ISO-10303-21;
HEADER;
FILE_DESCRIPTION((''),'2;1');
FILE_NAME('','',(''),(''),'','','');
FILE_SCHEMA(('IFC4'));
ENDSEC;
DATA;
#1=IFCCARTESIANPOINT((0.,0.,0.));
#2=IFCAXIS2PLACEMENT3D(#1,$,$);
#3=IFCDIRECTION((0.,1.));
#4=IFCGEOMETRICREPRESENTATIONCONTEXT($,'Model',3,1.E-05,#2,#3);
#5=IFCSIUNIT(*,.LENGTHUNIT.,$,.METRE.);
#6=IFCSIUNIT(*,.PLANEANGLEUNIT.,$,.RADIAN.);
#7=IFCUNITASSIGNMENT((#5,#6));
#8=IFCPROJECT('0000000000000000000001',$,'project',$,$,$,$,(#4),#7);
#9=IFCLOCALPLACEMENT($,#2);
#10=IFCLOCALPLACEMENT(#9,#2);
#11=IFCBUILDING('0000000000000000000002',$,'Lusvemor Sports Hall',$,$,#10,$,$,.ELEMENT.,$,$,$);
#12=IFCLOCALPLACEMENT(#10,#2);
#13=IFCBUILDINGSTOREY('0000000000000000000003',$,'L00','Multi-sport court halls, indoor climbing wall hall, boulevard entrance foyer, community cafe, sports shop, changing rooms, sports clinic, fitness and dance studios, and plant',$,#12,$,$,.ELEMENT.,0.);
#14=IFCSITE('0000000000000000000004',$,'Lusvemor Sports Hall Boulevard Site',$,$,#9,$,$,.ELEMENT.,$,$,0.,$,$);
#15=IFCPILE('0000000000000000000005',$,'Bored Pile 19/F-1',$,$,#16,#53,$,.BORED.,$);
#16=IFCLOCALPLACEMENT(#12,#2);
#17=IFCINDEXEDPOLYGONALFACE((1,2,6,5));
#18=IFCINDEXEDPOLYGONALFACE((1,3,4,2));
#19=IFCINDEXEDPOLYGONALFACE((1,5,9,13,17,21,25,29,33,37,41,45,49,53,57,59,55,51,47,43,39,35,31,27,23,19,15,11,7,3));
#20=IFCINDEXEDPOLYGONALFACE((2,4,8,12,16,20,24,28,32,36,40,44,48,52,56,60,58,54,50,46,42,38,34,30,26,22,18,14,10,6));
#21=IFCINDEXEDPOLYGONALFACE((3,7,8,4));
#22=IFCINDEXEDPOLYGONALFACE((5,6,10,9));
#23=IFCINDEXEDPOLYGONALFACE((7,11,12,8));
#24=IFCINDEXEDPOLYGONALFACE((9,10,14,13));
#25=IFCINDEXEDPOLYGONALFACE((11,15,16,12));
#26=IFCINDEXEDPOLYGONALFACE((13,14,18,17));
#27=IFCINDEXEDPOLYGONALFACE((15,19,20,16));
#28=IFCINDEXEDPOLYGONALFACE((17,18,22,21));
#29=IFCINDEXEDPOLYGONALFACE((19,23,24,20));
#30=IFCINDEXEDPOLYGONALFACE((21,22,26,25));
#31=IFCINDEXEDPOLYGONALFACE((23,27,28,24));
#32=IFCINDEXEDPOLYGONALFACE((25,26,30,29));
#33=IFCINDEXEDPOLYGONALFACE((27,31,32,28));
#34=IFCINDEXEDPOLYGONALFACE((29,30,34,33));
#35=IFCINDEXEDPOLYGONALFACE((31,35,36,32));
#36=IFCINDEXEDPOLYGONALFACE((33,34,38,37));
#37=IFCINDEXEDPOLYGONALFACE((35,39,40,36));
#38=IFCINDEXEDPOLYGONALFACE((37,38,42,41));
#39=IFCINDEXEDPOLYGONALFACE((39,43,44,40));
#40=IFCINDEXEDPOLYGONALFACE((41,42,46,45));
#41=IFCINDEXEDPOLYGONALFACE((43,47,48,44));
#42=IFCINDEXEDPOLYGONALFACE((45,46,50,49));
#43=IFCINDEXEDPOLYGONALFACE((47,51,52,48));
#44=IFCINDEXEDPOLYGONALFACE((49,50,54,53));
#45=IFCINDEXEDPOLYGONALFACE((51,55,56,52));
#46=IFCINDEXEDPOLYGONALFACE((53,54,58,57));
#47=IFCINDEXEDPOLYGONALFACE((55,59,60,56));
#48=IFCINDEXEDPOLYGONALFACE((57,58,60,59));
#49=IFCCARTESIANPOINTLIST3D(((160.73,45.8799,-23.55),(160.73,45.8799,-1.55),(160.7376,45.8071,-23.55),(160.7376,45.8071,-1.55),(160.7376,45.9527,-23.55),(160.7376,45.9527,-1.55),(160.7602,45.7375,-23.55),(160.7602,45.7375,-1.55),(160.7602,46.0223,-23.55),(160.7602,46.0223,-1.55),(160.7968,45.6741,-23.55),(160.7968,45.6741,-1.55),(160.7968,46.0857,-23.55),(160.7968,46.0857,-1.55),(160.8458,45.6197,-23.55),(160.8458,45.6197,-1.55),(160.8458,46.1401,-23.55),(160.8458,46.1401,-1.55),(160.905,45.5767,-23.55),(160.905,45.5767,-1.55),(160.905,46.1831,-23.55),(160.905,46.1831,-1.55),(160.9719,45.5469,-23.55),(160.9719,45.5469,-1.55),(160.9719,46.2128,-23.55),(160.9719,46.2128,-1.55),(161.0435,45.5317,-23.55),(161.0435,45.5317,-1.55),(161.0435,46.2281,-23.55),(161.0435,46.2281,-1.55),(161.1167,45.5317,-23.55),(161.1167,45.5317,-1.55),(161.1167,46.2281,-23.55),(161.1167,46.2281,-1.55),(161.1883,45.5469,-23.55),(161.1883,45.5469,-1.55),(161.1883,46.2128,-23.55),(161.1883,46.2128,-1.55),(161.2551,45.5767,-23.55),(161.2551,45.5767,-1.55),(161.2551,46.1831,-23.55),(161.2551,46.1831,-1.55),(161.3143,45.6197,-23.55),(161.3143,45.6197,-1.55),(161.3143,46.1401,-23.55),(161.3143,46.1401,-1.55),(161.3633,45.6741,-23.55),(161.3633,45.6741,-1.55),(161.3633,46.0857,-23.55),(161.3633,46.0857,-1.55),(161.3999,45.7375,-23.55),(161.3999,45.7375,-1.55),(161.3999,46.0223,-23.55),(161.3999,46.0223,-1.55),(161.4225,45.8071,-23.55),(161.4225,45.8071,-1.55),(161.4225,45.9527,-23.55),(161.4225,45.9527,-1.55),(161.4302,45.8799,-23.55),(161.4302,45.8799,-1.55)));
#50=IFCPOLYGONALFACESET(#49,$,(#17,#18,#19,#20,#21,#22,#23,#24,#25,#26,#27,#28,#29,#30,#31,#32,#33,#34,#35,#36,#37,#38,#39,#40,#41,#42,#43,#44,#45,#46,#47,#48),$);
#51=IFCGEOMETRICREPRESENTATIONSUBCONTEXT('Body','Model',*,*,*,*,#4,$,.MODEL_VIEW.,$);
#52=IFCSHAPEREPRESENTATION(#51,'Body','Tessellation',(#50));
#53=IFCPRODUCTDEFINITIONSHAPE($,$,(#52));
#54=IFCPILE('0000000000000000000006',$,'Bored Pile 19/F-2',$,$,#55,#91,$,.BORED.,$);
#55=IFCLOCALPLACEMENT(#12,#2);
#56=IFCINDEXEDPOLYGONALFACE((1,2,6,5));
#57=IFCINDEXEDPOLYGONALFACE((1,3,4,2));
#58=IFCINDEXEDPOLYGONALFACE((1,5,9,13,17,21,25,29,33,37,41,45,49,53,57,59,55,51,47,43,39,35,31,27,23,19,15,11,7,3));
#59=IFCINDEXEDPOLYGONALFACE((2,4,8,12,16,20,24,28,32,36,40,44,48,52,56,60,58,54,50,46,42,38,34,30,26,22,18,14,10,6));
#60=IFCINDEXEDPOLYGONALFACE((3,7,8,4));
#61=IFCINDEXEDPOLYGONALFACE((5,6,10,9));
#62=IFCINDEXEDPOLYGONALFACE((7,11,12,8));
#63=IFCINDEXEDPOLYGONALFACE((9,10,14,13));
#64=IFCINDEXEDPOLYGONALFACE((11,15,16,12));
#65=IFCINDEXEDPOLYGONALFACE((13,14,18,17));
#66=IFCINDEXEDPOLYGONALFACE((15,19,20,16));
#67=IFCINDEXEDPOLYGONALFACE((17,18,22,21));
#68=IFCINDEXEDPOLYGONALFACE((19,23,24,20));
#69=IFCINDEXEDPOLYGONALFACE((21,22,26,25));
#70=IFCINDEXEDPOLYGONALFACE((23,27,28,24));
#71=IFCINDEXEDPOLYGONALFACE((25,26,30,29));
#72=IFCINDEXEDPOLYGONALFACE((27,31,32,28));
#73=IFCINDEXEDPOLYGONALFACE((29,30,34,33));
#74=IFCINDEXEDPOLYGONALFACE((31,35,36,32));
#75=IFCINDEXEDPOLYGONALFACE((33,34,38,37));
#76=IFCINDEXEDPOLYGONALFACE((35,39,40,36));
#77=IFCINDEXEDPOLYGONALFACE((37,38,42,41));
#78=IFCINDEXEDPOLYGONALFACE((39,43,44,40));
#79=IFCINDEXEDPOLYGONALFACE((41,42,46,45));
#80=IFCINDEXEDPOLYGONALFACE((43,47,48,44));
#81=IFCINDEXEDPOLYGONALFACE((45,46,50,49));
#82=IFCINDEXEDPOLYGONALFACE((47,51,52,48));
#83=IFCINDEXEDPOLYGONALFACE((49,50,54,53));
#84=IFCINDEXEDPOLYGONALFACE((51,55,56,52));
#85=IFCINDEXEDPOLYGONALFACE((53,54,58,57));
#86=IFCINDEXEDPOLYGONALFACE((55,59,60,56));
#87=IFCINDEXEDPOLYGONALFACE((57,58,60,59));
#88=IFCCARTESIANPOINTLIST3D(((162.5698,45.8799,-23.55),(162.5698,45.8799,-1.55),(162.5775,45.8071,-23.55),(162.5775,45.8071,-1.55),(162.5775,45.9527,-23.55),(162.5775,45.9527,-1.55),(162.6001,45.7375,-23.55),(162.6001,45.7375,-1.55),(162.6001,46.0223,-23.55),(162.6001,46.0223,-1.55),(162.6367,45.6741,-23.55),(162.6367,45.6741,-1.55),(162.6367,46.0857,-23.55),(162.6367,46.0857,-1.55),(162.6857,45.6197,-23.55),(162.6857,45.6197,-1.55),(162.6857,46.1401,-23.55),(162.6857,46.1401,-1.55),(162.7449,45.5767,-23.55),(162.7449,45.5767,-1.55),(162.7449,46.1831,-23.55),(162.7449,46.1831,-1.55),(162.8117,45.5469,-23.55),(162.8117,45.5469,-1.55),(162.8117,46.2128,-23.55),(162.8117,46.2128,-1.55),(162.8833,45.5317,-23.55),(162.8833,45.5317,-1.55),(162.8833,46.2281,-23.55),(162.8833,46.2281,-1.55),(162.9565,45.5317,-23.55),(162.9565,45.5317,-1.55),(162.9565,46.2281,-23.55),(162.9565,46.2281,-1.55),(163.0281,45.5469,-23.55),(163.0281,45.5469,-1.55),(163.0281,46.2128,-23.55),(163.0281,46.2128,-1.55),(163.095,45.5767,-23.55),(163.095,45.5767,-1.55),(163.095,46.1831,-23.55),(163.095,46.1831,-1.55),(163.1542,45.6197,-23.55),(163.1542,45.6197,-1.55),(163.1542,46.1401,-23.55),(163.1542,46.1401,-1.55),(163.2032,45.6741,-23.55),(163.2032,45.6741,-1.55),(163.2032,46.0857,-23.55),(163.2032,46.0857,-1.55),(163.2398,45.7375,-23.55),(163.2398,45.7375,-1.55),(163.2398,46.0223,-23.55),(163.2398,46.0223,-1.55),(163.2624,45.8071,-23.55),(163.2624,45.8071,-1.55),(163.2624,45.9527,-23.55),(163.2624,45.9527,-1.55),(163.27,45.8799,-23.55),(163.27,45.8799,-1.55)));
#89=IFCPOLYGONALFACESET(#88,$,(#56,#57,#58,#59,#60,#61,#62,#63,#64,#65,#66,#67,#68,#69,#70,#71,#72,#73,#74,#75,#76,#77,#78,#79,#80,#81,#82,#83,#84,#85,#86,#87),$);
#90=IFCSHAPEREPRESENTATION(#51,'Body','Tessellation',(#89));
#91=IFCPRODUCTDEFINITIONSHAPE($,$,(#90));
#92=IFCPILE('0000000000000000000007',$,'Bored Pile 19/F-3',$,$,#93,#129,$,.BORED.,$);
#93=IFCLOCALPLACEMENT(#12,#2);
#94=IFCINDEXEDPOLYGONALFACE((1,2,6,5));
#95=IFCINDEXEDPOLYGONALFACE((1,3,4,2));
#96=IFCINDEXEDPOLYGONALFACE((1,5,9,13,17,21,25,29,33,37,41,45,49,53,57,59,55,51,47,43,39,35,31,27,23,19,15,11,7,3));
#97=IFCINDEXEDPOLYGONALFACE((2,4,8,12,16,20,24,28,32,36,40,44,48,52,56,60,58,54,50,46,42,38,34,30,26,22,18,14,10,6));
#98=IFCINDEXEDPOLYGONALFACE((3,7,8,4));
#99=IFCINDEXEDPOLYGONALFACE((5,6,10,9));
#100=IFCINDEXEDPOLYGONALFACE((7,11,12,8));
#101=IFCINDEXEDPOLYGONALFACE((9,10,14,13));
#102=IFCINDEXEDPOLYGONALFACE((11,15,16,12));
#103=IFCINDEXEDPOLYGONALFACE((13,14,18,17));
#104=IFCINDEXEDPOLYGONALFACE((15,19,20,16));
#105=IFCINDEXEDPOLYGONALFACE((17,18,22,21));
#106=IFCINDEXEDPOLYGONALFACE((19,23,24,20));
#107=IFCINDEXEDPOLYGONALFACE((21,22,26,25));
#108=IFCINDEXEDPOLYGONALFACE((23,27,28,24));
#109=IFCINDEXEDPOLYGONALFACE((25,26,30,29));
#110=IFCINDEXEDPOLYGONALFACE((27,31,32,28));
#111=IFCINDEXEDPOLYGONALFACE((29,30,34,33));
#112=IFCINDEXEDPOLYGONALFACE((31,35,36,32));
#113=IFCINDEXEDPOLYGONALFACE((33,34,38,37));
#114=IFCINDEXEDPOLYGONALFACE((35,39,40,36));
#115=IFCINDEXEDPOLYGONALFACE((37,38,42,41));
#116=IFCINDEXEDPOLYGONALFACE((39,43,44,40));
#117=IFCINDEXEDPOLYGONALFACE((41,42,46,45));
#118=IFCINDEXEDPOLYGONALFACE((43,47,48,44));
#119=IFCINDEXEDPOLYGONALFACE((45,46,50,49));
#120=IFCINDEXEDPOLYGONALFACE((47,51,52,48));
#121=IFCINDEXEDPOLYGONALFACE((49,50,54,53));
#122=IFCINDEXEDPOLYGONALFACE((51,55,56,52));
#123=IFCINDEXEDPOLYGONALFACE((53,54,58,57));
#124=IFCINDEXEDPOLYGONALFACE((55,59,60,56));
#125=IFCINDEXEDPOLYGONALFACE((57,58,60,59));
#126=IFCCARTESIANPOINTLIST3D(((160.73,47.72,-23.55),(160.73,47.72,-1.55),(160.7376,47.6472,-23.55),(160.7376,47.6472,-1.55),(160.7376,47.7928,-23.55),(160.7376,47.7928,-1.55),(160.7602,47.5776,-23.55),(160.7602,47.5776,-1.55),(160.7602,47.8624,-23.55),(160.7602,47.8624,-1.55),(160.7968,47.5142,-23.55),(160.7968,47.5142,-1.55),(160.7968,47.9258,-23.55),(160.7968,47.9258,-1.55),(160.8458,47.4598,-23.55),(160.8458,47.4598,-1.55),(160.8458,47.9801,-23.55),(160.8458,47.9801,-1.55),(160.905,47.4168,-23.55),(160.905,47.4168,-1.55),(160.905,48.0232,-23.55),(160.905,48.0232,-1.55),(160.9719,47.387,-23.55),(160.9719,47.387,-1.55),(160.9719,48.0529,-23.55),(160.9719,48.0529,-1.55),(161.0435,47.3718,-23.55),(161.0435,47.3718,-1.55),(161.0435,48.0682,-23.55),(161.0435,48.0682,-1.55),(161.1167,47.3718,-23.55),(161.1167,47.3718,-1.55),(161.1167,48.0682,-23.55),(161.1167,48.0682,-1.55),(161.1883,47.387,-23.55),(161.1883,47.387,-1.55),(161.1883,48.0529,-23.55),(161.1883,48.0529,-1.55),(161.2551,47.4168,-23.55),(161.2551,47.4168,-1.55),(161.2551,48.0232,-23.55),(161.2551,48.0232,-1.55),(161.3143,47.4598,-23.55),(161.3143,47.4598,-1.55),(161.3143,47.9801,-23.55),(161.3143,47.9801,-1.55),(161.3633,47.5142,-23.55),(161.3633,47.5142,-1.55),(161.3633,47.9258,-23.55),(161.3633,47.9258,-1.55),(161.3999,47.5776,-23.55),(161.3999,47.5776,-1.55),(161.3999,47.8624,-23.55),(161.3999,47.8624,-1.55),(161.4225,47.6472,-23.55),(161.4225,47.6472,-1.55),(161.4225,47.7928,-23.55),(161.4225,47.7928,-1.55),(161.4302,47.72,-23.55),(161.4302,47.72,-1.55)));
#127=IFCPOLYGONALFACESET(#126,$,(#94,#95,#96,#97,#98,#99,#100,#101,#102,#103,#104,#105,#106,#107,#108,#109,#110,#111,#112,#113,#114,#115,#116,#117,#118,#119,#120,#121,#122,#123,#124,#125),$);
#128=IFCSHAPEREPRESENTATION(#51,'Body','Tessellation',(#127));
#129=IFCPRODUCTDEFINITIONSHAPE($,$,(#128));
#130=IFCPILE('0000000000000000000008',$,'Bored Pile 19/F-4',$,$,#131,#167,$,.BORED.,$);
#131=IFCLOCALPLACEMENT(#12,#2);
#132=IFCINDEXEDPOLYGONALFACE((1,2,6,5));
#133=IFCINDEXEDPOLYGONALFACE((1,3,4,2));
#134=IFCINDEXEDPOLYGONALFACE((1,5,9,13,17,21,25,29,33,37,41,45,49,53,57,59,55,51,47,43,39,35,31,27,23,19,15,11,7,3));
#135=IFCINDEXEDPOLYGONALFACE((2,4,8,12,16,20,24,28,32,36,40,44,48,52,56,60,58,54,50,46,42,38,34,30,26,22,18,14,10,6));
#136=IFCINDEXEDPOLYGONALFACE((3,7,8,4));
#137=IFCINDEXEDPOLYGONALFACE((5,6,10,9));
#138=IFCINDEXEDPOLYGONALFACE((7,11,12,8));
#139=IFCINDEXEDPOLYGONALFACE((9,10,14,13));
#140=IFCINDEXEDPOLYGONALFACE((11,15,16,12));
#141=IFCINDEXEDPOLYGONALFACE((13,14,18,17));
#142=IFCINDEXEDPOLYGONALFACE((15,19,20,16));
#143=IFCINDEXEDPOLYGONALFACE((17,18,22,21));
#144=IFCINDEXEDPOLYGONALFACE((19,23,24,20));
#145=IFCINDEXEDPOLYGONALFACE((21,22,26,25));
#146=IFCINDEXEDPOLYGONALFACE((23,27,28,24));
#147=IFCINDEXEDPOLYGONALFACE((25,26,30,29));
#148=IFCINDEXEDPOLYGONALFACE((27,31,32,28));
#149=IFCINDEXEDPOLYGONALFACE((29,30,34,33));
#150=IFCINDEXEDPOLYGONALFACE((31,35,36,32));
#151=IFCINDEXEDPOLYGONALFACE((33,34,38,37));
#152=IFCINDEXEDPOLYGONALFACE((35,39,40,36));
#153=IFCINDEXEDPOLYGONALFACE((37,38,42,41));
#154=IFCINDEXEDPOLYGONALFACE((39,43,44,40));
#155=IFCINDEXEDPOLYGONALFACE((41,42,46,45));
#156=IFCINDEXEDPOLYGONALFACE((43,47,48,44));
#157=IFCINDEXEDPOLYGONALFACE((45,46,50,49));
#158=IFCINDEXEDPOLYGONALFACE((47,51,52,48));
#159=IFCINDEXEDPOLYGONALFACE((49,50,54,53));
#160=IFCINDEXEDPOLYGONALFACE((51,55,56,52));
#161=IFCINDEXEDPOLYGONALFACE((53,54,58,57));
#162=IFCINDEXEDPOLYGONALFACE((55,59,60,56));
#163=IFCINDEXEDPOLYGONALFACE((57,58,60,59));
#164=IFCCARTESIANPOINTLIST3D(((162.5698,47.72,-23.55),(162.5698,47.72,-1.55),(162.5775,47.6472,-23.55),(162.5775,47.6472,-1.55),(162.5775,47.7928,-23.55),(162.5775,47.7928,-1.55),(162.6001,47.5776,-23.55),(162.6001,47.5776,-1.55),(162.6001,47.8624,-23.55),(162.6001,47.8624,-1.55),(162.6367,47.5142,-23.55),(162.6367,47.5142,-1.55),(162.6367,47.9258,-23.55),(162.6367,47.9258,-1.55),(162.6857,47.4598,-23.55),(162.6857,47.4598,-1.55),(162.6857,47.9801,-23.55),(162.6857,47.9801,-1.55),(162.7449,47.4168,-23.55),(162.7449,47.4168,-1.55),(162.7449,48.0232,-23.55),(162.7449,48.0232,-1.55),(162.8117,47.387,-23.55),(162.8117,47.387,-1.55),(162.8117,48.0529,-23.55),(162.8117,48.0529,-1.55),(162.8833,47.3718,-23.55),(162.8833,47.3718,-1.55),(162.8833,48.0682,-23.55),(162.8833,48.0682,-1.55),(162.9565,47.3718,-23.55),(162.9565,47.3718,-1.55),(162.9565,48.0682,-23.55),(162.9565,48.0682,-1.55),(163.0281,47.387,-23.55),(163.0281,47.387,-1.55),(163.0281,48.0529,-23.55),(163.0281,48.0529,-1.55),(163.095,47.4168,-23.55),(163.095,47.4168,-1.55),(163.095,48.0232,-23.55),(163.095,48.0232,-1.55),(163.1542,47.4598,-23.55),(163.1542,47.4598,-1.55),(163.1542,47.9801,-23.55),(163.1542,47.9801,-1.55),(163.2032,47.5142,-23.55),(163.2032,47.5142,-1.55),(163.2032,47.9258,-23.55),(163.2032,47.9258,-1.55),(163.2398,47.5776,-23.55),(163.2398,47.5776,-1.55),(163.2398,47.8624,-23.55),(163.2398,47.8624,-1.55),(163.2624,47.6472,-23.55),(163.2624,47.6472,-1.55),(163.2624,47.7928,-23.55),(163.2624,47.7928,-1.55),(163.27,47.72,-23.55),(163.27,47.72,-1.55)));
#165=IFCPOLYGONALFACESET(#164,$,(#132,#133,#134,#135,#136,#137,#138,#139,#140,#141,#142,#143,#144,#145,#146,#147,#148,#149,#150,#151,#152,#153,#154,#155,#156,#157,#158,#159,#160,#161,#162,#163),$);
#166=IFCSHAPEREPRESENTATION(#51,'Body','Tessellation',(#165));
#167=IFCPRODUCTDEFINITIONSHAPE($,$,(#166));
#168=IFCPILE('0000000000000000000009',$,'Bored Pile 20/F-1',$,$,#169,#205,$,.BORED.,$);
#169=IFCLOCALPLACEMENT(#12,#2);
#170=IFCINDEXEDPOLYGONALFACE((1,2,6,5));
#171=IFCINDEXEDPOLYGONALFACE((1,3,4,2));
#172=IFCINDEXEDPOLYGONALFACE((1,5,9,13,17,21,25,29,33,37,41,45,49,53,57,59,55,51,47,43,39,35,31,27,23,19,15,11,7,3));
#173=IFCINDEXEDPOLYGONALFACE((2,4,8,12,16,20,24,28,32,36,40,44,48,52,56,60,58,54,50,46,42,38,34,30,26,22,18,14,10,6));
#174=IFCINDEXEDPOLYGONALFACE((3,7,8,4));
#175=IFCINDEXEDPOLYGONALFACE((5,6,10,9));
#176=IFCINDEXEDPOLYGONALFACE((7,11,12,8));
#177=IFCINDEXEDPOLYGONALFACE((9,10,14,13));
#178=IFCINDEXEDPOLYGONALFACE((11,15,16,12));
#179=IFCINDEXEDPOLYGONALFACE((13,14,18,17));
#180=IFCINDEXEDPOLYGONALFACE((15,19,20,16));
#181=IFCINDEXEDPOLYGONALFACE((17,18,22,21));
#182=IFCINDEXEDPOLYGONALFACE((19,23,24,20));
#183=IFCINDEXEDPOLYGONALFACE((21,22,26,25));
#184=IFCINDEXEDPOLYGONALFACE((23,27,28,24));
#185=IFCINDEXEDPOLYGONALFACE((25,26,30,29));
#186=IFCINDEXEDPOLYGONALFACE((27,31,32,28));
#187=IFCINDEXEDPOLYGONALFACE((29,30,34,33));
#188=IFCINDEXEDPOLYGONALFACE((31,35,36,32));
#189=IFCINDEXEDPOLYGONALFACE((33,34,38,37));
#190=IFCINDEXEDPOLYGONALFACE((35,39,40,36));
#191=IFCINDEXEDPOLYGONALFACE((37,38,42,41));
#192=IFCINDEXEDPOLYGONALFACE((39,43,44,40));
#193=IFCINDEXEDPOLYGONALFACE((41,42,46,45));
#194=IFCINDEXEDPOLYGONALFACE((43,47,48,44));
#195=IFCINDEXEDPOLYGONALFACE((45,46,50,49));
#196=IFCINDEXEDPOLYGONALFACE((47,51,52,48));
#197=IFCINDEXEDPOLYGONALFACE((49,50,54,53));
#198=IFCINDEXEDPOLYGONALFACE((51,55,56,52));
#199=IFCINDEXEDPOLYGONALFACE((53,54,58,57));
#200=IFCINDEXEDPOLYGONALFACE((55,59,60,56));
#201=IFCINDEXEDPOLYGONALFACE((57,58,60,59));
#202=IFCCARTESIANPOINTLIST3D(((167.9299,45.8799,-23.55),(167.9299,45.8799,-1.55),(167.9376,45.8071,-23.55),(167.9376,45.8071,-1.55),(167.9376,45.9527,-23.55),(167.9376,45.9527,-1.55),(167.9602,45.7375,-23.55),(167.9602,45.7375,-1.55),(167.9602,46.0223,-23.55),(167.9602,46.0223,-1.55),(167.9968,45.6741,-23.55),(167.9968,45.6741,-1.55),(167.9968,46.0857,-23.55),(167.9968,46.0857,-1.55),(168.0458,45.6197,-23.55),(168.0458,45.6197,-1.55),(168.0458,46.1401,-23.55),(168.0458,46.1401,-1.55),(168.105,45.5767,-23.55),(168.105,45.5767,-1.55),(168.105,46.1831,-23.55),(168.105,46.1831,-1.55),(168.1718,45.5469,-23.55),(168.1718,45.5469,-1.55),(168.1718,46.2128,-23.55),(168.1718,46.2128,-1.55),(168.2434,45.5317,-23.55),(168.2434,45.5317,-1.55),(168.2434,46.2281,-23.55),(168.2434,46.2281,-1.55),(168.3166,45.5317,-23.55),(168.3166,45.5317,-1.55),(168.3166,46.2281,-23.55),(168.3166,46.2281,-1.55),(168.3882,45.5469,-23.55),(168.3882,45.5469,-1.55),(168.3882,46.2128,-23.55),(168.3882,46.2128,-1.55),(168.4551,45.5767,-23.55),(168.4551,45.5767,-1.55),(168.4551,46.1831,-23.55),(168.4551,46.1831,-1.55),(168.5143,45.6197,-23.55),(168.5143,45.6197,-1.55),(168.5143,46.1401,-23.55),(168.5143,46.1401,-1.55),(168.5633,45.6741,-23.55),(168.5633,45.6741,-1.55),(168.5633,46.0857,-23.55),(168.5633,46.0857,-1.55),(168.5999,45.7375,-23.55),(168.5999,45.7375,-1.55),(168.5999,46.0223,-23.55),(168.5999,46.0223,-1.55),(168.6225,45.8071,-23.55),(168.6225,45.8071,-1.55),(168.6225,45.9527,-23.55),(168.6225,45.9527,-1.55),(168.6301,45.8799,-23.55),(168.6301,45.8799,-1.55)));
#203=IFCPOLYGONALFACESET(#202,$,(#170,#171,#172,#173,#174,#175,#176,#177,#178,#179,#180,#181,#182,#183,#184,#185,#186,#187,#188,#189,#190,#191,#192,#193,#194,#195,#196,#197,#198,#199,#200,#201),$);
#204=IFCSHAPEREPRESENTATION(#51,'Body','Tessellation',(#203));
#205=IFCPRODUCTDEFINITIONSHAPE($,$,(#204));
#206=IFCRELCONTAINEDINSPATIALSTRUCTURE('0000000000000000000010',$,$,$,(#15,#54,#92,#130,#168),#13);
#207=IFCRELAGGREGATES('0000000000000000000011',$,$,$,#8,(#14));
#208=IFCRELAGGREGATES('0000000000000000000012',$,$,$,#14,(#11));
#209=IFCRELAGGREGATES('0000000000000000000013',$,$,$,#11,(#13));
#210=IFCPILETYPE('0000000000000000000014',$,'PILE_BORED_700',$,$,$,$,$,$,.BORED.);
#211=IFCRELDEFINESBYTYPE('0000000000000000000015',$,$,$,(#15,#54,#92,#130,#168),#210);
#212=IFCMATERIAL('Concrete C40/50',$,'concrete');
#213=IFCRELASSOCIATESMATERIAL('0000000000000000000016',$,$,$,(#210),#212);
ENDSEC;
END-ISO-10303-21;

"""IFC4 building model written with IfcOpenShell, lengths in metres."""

from ifc_helpers import new_model, si_unit, direction, frame, origin, origin_2d, place, context, subcontext, project, spatial, circle, extrude, material, material_profile, profile_set, type_object, element, save


model = new_model("IFC4")

# Units and contexts
model_context = context("Model", 3, precision=1e-05, world=origin(), true_north=direction((0.0, 1.0)))
body_context = subcontext(model_context, "Body", "Model", "MODEL_VIEW")
ifc_project = project(units=[si_unit("LENGTHUNIT", "METRE"), si_unit("PLANEANGLEUNIT", "RADIAN")], contexts=[model_context])

# Site, building, storey
site_placement = place(None, origin())
site = spatial("IfcSite", under=ifc_project, at=site_placement, Name="Lusvemor Sports Hall Boulevard Site", CompositionType="ELEMENT", RefElevation=0.0)
building_placement = place(site_placement, origin())
building = spatial("IfcBuilding", under=site, at=building_placement, Name="Lusvemor Sports Hall", CompositionType="ELEMENT")
storey_placement = place(building_placement, origin())
storey = spatial("IfcBuildingStorey", under=building, at=storey_placement, Name="L00", Description="Multi-sport court halls, indoor climbing wall hall, boulevard entrance foyer, community cafe, sports shop, changing rooms, sports clinic, fitness and dance studios, and plant", CompositionType="ELEMENT", Elevation=0.0)

# Piles
ifc_material_1 = material(Name="Concrete C40/50", Category="concrete")
ifc_material_profile_1 = material_profile(ifc_material_1, circle(Radius=0.3501, at=origin_2d()), Name="PILE700")
ifc_profile_set_1 = profile_set([ifc_material_profile_1], Name="Concrete C40/50")
pile_type = type_object("IfcPileType", Name="PILE_BORED_700", PredefinedType="BORED", material=ifc_profile_set_1)
for number, where, z_axis, x_axis, name in (
    (1, (161.0801, 45.8799, -1.55), (0.0, 0.0, -1.0), (1.0, 0.0, 0.0), "Bored Pile 19/F-1"),
    (2, (162.9199, 45.8799, -1.55), (0.0, 0.0, -1.0), (1.0, 0.0, 0.0), "Bored Pile 19/F-2"),
    (3, (161.0801, 47.72, -1.55), (0.0, 0.0, -1.0), (1.0, 0.0, 0.0), "Bored Pile 19/F-3"),
    (4, (162.9199, 47.72, -1.55), (0.0, 0.0, -1.0), (1.0, 0.0, 0.0), "Bored Pile 19/F-4"),
    (5, (168.28, 45.8799, -1.55), (0.0, 0.0, -1.0), (1.0, 0.0, 0.0), "Bored Pile 20/F-1"),
):
    element("IfcPile", number, at=place(storey_placement, frame(where, z_axis=z_axis, x_axis=x_axis)), inside=storey, type_object=pile_type, Name=name, PredefinedType="BORED", context=body_context, shape_type="SweptSolid", body=[
        extrude(circle(Radius=0.3501, at=origin_2d()), origin(), (0.0, 0.0, 1.0), 22.0),
    ])

save(model, "model.ifc")
